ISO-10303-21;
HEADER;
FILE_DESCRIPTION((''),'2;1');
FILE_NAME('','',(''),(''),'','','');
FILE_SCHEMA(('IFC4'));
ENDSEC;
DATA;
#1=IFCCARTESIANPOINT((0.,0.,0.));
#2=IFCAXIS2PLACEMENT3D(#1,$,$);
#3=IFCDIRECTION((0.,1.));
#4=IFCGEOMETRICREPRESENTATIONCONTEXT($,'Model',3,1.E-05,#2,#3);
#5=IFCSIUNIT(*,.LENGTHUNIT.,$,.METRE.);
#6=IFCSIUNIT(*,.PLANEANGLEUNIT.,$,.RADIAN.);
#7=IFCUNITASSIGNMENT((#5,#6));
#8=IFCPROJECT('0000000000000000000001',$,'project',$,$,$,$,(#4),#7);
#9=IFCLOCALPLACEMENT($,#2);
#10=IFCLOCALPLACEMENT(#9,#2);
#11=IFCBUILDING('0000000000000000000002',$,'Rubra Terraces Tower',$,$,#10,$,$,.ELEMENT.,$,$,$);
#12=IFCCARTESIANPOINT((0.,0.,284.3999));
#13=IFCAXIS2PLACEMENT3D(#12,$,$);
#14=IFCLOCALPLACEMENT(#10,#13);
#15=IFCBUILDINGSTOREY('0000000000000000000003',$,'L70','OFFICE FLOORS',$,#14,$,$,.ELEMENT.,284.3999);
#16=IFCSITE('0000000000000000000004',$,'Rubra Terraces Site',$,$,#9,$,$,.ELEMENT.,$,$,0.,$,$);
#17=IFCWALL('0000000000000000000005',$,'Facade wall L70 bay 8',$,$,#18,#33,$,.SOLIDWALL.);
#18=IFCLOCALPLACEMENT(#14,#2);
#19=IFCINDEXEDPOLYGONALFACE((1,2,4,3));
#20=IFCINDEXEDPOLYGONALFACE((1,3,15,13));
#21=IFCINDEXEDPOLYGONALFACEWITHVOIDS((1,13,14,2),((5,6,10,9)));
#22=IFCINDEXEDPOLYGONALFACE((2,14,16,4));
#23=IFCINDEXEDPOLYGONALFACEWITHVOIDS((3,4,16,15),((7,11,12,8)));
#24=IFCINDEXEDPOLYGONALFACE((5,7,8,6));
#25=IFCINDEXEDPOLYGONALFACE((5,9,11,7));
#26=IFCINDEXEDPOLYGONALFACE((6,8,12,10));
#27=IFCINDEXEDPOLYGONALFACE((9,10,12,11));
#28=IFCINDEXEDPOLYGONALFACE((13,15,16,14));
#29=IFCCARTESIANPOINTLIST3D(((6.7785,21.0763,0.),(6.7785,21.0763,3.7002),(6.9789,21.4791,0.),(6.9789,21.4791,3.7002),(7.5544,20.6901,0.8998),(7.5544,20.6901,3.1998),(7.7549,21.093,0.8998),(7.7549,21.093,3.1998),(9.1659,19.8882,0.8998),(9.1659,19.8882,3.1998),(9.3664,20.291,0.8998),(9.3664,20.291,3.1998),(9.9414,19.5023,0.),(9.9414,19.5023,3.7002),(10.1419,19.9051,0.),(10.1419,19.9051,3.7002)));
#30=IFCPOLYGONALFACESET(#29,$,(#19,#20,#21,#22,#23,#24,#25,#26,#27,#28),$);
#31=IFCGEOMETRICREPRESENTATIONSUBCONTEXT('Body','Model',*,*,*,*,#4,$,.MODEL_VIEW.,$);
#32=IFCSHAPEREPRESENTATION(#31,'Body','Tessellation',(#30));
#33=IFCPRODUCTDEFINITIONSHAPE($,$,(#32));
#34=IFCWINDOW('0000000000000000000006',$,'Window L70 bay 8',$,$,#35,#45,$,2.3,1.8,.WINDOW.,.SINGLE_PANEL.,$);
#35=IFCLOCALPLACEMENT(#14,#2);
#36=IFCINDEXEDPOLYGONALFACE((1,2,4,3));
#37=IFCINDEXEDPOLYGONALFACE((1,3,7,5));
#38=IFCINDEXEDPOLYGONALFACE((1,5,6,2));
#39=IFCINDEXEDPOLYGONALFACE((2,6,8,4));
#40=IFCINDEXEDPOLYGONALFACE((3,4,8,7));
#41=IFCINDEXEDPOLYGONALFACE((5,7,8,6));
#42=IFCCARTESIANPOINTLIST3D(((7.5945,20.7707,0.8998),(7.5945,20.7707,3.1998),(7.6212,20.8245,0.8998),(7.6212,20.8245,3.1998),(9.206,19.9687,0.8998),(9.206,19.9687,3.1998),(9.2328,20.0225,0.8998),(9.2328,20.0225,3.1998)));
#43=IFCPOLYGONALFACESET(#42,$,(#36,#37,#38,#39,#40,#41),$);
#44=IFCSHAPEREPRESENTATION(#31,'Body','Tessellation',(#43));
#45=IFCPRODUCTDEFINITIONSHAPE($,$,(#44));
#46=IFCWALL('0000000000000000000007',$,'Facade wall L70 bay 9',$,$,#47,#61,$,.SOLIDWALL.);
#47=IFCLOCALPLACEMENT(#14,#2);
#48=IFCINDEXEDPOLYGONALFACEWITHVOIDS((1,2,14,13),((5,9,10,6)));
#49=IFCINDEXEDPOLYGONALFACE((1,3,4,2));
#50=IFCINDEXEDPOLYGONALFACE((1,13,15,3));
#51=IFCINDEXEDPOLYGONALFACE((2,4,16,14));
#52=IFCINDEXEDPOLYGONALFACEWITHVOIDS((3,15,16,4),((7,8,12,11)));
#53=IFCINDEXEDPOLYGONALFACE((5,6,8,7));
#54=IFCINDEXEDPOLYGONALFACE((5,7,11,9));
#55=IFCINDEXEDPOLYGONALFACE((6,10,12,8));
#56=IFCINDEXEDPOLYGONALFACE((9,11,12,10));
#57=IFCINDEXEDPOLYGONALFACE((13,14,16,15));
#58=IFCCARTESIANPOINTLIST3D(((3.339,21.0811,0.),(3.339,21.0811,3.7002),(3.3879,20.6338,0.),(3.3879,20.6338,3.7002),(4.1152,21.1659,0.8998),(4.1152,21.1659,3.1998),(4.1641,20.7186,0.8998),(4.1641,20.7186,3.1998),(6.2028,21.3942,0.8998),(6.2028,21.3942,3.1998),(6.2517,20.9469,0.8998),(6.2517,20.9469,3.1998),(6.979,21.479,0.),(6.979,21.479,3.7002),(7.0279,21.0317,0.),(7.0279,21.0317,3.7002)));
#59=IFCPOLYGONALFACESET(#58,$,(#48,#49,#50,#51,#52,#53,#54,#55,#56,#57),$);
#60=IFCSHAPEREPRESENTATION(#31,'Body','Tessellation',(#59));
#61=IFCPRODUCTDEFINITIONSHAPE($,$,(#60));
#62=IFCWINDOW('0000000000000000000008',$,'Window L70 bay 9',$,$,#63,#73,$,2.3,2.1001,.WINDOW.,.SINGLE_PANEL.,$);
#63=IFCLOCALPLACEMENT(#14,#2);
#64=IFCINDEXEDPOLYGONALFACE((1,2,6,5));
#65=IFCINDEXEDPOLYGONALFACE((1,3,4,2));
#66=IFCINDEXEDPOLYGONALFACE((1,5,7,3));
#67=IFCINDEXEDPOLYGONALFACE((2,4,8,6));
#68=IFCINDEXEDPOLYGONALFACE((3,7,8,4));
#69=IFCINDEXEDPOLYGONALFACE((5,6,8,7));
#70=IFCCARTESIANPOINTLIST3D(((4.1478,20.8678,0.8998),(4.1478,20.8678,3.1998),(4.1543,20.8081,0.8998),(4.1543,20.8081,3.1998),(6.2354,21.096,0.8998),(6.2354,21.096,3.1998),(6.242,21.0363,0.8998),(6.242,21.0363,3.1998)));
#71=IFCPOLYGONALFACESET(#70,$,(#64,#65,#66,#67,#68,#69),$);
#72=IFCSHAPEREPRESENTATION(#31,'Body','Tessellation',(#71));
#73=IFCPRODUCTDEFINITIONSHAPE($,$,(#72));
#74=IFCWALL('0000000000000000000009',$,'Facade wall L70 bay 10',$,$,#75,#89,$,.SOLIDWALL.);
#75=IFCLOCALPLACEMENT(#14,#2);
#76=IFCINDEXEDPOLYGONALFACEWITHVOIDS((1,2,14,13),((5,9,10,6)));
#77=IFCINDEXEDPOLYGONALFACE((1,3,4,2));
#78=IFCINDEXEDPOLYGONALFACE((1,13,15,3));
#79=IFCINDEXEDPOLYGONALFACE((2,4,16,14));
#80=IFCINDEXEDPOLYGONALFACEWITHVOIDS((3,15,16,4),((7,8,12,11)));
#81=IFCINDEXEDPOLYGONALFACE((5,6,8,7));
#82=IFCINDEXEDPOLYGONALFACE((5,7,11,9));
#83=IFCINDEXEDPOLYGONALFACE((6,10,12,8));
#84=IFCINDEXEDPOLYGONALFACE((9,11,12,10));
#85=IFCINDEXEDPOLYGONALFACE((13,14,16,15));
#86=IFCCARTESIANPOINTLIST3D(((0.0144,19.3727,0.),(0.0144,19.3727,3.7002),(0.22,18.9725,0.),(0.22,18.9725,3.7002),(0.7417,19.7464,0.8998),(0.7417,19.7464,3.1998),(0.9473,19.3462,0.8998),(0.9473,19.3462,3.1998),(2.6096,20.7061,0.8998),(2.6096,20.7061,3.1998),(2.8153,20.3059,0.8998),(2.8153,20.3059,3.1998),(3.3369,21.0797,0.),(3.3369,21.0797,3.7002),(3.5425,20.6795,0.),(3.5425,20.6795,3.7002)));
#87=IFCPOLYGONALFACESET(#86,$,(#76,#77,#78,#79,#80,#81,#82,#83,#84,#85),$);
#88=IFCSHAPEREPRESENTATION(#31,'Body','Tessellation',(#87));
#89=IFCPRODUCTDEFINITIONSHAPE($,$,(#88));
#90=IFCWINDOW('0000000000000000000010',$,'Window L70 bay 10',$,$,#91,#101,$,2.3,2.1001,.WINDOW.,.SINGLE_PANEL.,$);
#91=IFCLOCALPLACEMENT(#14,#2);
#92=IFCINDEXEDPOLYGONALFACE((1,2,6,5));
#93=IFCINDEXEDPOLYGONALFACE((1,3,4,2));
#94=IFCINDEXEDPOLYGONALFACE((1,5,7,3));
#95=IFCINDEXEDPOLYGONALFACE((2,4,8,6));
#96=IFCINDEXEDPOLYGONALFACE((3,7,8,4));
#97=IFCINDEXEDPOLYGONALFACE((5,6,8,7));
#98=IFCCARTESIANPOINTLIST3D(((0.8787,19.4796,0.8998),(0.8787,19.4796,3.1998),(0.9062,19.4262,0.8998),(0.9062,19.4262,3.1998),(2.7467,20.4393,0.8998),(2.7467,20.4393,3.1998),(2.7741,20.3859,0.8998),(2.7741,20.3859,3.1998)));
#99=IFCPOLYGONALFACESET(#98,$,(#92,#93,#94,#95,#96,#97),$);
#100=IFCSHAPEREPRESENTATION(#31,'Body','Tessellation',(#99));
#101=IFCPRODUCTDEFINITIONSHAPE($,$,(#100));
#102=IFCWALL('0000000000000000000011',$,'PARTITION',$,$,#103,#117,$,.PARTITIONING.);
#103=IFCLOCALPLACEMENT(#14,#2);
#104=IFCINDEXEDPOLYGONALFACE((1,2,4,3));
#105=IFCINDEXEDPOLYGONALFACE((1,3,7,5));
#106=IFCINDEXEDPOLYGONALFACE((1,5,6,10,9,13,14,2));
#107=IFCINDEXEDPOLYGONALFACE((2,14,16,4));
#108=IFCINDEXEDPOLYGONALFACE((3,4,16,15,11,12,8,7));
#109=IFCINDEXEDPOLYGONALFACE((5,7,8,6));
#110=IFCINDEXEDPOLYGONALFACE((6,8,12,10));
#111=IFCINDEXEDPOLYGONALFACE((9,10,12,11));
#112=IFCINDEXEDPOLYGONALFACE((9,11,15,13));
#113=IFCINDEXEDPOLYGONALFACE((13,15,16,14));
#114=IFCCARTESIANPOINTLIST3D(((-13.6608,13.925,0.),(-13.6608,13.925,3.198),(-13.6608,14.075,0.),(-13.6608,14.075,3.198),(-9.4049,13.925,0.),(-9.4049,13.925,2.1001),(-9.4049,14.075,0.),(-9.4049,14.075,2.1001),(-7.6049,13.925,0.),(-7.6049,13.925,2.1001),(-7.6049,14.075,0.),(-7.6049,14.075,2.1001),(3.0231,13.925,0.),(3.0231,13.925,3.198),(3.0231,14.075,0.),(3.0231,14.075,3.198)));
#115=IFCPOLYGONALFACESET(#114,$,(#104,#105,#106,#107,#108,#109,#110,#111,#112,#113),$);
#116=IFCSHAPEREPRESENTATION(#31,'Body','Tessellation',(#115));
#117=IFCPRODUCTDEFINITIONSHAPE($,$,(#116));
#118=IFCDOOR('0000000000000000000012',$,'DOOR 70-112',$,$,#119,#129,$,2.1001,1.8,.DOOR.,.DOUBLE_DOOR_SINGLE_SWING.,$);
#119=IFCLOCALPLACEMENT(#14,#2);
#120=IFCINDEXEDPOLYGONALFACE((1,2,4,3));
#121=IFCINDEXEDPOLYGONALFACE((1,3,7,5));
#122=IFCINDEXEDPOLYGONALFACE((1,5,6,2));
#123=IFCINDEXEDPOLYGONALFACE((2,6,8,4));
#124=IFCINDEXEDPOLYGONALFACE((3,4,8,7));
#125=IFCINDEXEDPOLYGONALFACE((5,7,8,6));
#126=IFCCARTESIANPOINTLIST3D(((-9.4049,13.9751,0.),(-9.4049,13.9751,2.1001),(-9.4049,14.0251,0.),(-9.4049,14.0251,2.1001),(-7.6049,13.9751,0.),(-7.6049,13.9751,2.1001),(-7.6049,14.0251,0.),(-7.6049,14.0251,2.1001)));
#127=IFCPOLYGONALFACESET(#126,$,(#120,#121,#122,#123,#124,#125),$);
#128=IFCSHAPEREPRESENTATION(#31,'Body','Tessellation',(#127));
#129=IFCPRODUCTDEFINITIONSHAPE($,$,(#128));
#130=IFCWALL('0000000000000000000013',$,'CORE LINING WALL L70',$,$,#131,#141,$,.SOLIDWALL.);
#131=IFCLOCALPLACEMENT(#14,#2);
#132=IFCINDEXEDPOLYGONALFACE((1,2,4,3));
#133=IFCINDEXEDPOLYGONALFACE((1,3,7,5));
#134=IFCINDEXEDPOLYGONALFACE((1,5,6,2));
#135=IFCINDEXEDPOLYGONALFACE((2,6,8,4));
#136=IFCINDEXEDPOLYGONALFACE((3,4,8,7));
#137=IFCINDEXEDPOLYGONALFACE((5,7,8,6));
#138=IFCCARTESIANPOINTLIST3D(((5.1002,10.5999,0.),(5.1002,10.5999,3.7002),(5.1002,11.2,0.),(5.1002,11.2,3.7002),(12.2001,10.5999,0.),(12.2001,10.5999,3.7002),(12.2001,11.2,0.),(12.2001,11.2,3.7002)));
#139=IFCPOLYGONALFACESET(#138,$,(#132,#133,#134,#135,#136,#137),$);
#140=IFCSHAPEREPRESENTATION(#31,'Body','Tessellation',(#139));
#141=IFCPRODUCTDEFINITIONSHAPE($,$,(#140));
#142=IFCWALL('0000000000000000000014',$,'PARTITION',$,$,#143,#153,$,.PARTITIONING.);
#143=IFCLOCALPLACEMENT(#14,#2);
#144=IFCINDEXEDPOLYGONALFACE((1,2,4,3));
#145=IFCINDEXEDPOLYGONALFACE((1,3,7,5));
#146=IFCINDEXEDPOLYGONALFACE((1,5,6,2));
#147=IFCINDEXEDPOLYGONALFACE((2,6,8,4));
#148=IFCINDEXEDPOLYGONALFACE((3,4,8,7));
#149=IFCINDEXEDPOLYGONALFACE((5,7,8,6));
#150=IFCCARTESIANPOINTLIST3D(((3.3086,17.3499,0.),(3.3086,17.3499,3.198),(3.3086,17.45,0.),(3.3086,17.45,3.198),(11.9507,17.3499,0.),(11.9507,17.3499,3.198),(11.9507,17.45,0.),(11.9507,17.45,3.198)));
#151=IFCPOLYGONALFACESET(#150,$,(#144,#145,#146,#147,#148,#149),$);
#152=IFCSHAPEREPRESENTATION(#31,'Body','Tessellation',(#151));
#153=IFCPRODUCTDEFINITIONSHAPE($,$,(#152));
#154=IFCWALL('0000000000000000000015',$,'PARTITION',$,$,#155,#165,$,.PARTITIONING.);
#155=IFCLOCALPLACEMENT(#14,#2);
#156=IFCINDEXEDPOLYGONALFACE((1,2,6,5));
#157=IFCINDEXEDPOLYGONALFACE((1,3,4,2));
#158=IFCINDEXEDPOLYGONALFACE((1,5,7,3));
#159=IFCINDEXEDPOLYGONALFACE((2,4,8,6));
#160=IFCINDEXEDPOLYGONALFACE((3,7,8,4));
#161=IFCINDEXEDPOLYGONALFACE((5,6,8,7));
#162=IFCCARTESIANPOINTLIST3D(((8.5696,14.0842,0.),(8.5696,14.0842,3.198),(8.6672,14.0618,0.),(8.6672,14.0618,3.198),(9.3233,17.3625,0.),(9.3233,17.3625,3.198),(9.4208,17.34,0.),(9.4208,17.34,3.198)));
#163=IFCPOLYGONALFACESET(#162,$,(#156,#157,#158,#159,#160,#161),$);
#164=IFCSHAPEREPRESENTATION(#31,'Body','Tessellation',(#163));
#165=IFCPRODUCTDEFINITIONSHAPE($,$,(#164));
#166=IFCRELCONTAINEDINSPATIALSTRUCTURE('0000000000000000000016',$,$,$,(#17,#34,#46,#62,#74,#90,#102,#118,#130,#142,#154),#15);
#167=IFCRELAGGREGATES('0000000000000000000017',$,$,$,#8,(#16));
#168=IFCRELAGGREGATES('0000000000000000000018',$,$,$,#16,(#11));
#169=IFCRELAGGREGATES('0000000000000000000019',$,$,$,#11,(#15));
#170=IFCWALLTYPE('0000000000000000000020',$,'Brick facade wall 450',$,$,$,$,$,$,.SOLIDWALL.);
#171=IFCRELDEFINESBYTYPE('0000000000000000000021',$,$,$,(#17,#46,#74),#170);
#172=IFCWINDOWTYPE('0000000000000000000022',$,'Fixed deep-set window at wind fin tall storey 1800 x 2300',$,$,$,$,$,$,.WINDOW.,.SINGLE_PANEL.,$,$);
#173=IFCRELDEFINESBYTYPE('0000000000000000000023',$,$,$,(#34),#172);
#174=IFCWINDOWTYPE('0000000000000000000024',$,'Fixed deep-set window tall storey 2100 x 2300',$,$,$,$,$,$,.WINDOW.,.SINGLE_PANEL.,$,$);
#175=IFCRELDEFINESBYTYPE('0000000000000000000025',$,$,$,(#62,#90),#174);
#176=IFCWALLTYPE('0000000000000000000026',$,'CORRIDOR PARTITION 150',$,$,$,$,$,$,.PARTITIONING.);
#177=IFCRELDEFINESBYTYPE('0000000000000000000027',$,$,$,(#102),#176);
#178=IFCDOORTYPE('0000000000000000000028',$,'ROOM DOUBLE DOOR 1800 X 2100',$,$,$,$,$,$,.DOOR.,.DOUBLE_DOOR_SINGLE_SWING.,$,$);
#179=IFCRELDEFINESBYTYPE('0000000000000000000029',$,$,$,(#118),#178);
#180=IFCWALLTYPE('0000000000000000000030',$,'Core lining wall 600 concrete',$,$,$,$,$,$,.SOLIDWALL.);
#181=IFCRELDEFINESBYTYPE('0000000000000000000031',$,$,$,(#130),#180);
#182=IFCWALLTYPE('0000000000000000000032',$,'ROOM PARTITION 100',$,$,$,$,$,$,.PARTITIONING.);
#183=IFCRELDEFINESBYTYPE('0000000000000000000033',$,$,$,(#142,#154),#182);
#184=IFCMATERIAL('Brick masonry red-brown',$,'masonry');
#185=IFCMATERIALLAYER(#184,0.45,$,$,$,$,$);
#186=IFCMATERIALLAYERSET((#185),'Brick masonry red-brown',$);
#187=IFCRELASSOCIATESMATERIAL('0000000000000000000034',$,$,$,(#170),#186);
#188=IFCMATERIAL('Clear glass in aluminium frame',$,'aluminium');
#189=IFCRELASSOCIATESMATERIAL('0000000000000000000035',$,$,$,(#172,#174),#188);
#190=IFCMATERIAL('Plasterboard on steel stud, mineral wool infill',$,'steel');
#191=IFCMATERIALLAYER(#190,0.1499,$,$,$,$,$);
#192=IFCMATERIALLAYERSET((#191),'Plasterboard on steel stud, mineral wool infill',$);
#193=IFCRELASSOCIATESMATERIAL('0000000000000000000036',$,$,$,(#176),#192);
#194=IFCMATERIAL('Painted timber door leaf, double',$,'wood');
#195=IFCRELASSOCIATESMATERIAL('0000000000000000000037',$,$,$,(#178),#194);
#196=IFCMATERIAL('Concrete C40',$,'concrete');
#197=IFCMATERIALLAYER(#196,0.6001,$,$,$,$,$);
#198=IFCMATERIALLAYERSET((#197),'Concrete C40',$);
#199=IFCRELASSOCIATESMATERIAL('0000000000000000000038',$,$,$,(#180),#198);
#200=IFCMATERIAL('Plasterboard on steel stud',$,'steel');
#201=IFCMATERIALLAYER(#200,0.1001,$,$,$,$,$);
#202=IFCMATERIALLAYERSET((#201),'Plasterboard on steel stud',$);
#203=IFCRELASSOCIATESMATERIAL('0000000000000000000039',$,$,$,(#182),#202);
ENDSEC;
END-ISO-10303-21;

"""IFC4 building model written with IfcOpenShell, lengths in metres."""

from ifc_helpers import new_model, si_unit, direction, frame, frame_2d, origin, place, context, subcontext, project, spatial, rectangle, extrude, material, layer, layer_set, type_object, element, fill, save


model = new_model("IFC4")

# Units and contexts
model_context = context("Model", 3, precision=1e-05, world=origin(), true_north=direction((0.0, 1.0)))
body_context = subcontext(model_context, "Body", "Model", "MODEL_VIEW")
ifc_project = project(units=[si_unit("LENGTHUNIT", "METRE"), si_unit("PLANEANGLEUNIT", "RADIAN")], contexts=[model_context])

# Site, building, storey
site_placement = place(None, origin())
site = spatial("IfcSite", under=ifc_project, at=site_placement, Name="Rubra Terraces Site", CompositionType="ELEMENT", RefElevation=0.0)
building_placement = place(site_placement, origin())
building = spatial("IfcBuilding", under=site, at=building_placement, Name="Rubra Terraces Tower", CompositionType="ELEMENT")
storey_placement = place(building_placement, frame((0.0, 0.0, 284.3999)))
storey = spatial("IfcBuildingStorey", under=building, at=storey_placement, Name="L70", Description="OFFICE FLOORS", CompositionType="ELEMENT", Elevation=284.3999)

# Walls, openings, windows
ifc_material_1 = material(Name="Brick masonry red-brown", Category="masonry")
ifc_layer_1 = layer(ifc_material_1, 0.45)
ifc_layer_set_1 = layer_set([ifc_layer_1], Name="Brick masonry red-brown")
wall_type_1 = type_object("IfcWallType", Name="Brick facade wall 450", PredefinedType="SOLIDWALL", material=ifc_layer_set_1)
wall_1_placement = place(storey_placement, frame((10.0417, 19.7036, 0.0), z_axis=(0.0, 0.0, 1.0), x_axis=(-0.895269, 0.445527, 0.0)))
wall_1 = element("IfcWall", 1, at=wall_1_placement, inside=storey, type_object=wall_type_1, Name="Facade wall L70 bay 8", PredefinedType="SOLIDWALL", context=body_context, shape_type="SweptSolid", body=[
    extrude(rectangle(XDim=3.533, YDim=0.45, at=frame_2d((1.7666, 0.0))), origin(), (0.0, 0.0, 1.0), 3.7002),
])
opening_1_placement = place(wall_1_placement, frame((0.8665, 0.0, 0.8999)))
opening_1 = element("IfcOpeningElement", 2, at=opening_1_placement, cuts=wall_1, PredefinedType="OPENING", context=body_context, shape_type="SweptSolid", body=[
    extrude(rectangle(XDim=1.8, YDim=2.3, at=frame_2d((0.8999, 1.1499))), frame((0.0, 0.2349, 0.0), z_axis=(0.0, -1.0, 0.0), x_axis=(1.0, 0.0, 0.0)), (0.0, 0.0, 1.0), 0.47),
])
ifc_material_2 = material(Name="Clear glass in aluminium frame", Category="aluminium")
window_type_1 = type_object("IfcWindowType", Name="Fixed deep-set window at wind fin tall storey 1800 x 2300", PartitioningType="SINGLE_PANEL", PredefinedType="WINDOW", material=ifc_material_2)
window_1_placement = place(opening_1_placement, origin())
window_1 = element("IfcWindow", 3, at=window_1_placement, inside=storey, type_object=window_type_1, Name="Window L70 bay 8", OverallHeight=2.3, OverallWidth=1.8, PartitioningType="SINGLE_PANEL", PredefinedType="WINDOW", context=body_context, shape_type="SweptSolid", body=[
    extrude(rectangle(XDim=1.8, YDim=2.3, at=frame_2d((0.8999, 1.1499))), frame((0.0, 0.135, 0.0), z_axis=(0.0, -1.0, 0.0), x_axis=(1.0, 0.0, 0.0)), (0.0, 0.0, 1.0), 0.0601),
])
fill(opening_1, window_1)
wall_2_placement = place(storey_placement, frame((7.0034, 21.2554, 0.0), z_axis=(0.0, 0.0, 1.0), x_axis=(-0.994077, -0.108682, 0.0)))
wall_2 = element("IfcWall", 4, at=wall_2_placement, inside=storey, type_object=wall_type_1, Name="Facade wall L70 bay 9", PredefinedType="SOLIDWALL", context=body_context, shape_type="SweptSolid", body=[
    extrude(rectangle(XDim=3.6616, YDim=0.45, at=frame_2d((1.8308, 0.0))), origin(), (0.0, 0.0, 1.0), 3.7002),
])
opening_2_placement = place(wall_2_placement, frame((0.7808, 0.0, 0.8999)))
opening_2 = element("IfcOpeningElement", 5, at=opening_2_placement, cuts=wall_2, PredefinedType="OPENING", context=body_context, shape_type="SweptSolid", body=[
    extrude(rectangle(XDim=2.1001, YDim=2.3, at=frame_2d((1.05, 1.1499))), frame((0.0, 0.2349, 0.0), z_axis=(0.0, -1.0, 0.0), x_axis=(1.0, 0.0, 0.0)), (0.0, 0.0, 1.0), 0.47),
])
window_type_2 = type_object("IfcWindowType", Name="Fixed deep-set window tall storey 2100 x 2300", PartitioningType="SINGLE_PANEL", PredefinedType="WINDOW", material=ifc_material_2)
window_2_placement = place(opening_2_placement, origin())
window_2 = element("IfcWindow", 6, at=window_2_placement, inside=storey, type_object=window_type_2, Name="Window L70 bay 9", OverallHeight=2.3, OverallWidth=2.1001, PartitioningType="SINGLE_PANEL", PredefinedType="WINDOW", context=body_context, shape_type="SweptSolid", body=[
    extrude(rectangle(XDim=2.1001, YDim=2.3, at=frame_2d((1.05, 1.1499))), frame((0.0, 0.135, 0.0), z_axis=(0.0, -1.0, 0.0), x_axis=(1.0, 0.0, 0.0)), (0.0, 0.0, 1.0), 0.0601),
])
fill(opening_2, window_2)
wall_3_placement = place(storey_placement, frame((3.4397, 20.8796, 0.0), z_axis=(0.0, 0.0, 1.0), x_axis=(-0.889472, -0.456991, 0.0)))
wall_3 = element("IfcWall", 7, at=wall_3_placement, inside=storey, type_object=wall_type_1, Name="Facade wall L70 bay 10", PredefinedType="SOLIDWALL", context=body_context, shape_type="SweptSolid", body=[
    extrude(rectangle(XDim=3.7354, YDim=0.45, at=frame_2d((1.8677, 0.0))), origin(), (0.0, 0.0, 1.0), 3.7002),
])
opening_3_placement = place(wall_3_placement, frame((0.8176, 0.0, 0.8999)))
opening_3 = element("IfcOpeningElement", 8, at=opening_3_placement, cuts=wall_3, PredefinedType="OPENING", context=body_context, shape_type="SweptSolid", body=[
    extrude(rectangle(XDim=2.1001, YDim=2.3, at=frame_2d((1.05, 1.1499))), frame((0.0, 0.2349, 0.0), z_axis=(0.0, -1.0, 0.0), x_axis=(1.0, 0.0, 0.0)), (0.0, 0.0, 1.0), 0.47),
])
window_3_placement = place(opening_3_placement, origin())
window_3 = element("IfcWindow", 9, at=window_3_placement, inside=storey, type_object=window_type_2, Name="Window L70 bay 10", OverallHeight=2.3, OverallWidth=2.1001, PartitioningType="SINGLE_PANEL", PredefinedType="WINDOW", context=body_context, shape_type="SweptSolid", body=[
    extrude(rectangle(XDim=2.1001, YDim=2.3, at=frame_2d((1.05, 1.1499))), frame((0.0, 0.135, 0.0), z_axis=(0.0, -1.0, 0.0), x_axis=(1.0, 0.0, 0.0)), (0.0, 0.0, 1.0), 0.0601),
])
fill(opening_3, window_3)

# Wall, opening, door
ifc_material_3 = material(Name="Plasterboard on steel stud, mineral wool infill", Category="steel")
ifc_layer_2 = layer(ifc_material_3, 0.1499)
ifc_layer_set_2 = layer_set([ifc_layer_2], Name="Plasterboard on steel stud, mineral wool infill")
wall_type_2 = type_object("IfcWallType", Name="CORRIDOR PARTITION 150", PredefinedType="PARTITIONING", material=ifc_layer_set_2)
wall_4_placement = place(storey_placement, frame((3.0229, 14.0, 0.0), z_axis=(0.0, 0.0, 1.0), x_axis=(-1.0, 0.0, 0.0)))
wall_4 = element("IfcWall", 10, at=wall_4_placement, inside=storey, type_object=wall_type_2, Name="PARTITION", PredefinedType="PARTITIONING", context=body_context, shape_type="SweptSolid", body=[
    extrude(rectangle(XDim=16.6838, YDim=0.1499, at=frame_2d((8.3418, 0.0))), origin(), (0.0, 0.0, 1.0), 3.198),
])
opening_4_placement = place(wall_4_placement, frame((10.6279, 0.0, 0.0)))
opening_4 = element("IfcOpeningElement", 11, at=opening_4_placement, cuts=wall_4, PredefinedType="OPENING", context=body_context, shape_type="SweptSolid", body=[
    extrude(rectangle(XDim=1.8, YDim=2.1001, at=frame_2d((0.8999, 1.05))), frame((0.0, 0.085, 0.0), z_axis=(0.0, -1.0, 0.0), x_axis=(1.0, 0.0, 0.0)), (0.0, 0.0, 1.0), 0.1699),
])
ifc_material_4 = material(Name="Painted timber door leaf, double", Category="wood")
door_type_1 = type_object("IfcDoorType", Name="ROOM DOUBLE DOOR 1800 X 2100", OperationType="DOUBLE_DOOR_SINGLE_SWING", PredefinedType="DOOR", material=ifc_material_4)
door_1_placement = place(opening_4_placement, origin())
door_1 = element("IfcDoor", 12, at=door_1_placement, inside=storey, type_object=door_type_1, Name="DOOR 70-112", OperationType="DOUBLE_DOOR_SINGLE_SWING", OverallHeight=2.1001, OverallWidth=1.8, PredefinedType="DOOR", context=body_context, shape_type="SweptSolid", body=[
    extrude(rectangle(XDim=1.8, YDim=2.1001, at=frame_2d((0.8999, 1.05))), frame((0.0, 0.0249, 0.0), z_axis=(0.0, -1.0, 0.0), x_axis=(1.0, 0.0, 0.0)), (0.0, 0.0, 1.0), 0.05),
])
fill(opening_4, door_1)

# Walls
ifc_material_5 = material(Name="Concrete C40", Category="concrete")
ifc_layer_3 = layer(ifc_material_5, 0.6001)
ifc_layer_set_3 = layer_set([ifc_layer_3], Name="Concrete C40")
wall_type_3 = type_object("IfcWallType", Name="Core lining wall 600 concrete", PredefinedType="SOLIDWALL", material=ifc_layer_set_3)
wall_5_placement = place(storey_placement, frame((12.2, 10.8999, 0.0), z_axis=(0.0, 0.0, 1.0), x_axis=(-1.0, 0.0, 0.0)))
element("IfcWall", 13, at=wall_5_placement, inside=storey, type_object=wall_type_3, Name="CORE LINING WALL L70", PredefinedType="SOLIDWALL", context=body_context, shape_type="SweptSolid", body=[
    extrude(rectangle(XDim=7.0999, YDim=0.6001, at=frame_2d((3.5498, 0.0))), origin(), (0.0, 0.0, 1.0), 3.7002),
])
ifc_material_6 = material(Name="Plasterboard on steel stud", Category="steel")
ifc_layer_4 = layer(ifc_material_6, 0.1001)
ifc_layer_set_4 = layer_set([ifc_layer_4], Name="Plasterboard on steel stud")
wall_type_4 = type_object("IfcWallType", Name="ROOM PARTITION 100", PredefinedType="PARTITIONING", material=ifc_layer_set_4)
wall_6_placement = place(storey_placement, frame((3.3086, 17.3999, 0.0), z_axis=(0.0, 0.0, 1.0), x_axis=(1.0, 0.0, 0.0)))
element("IfcWall", 14, at=wall_6_placement, inside=storey, type_object=wall_type_4, Name="PARTITION", PredefinedType="PARTITIONING", context=body_context, shape_type="SweptSolid", body=[
    extrude(rectangle(XDim=8.6421, YDim=0.1001, at=frame_2d((4.321, 0.0))), origin(), (0.0, 0.0, 1.0), 3.198),
])
wall_7_placement = place(storey_placement, frame((8.6184, 14.073, 0.0), z_axis=(0.0, 0.0, 1.0), x_axis=(0.224048, 0.974578, 0.0)))
element("IfcWall", 15, at=wall_7_placement, inside=storey, type_object=wall_type_4, Name="PARTITION", PredefinedType="PARTITIONING", context=body_context, shape_type="SweptSolid", body=[
    extrude(rectangle(XDim=3.3638, YDim=0.1001, at=frame_2d((1.6819, 0.0))), origin(), (0.0, 0.0, 1.0), 3.198),
])

save(model, "model.ifc")
